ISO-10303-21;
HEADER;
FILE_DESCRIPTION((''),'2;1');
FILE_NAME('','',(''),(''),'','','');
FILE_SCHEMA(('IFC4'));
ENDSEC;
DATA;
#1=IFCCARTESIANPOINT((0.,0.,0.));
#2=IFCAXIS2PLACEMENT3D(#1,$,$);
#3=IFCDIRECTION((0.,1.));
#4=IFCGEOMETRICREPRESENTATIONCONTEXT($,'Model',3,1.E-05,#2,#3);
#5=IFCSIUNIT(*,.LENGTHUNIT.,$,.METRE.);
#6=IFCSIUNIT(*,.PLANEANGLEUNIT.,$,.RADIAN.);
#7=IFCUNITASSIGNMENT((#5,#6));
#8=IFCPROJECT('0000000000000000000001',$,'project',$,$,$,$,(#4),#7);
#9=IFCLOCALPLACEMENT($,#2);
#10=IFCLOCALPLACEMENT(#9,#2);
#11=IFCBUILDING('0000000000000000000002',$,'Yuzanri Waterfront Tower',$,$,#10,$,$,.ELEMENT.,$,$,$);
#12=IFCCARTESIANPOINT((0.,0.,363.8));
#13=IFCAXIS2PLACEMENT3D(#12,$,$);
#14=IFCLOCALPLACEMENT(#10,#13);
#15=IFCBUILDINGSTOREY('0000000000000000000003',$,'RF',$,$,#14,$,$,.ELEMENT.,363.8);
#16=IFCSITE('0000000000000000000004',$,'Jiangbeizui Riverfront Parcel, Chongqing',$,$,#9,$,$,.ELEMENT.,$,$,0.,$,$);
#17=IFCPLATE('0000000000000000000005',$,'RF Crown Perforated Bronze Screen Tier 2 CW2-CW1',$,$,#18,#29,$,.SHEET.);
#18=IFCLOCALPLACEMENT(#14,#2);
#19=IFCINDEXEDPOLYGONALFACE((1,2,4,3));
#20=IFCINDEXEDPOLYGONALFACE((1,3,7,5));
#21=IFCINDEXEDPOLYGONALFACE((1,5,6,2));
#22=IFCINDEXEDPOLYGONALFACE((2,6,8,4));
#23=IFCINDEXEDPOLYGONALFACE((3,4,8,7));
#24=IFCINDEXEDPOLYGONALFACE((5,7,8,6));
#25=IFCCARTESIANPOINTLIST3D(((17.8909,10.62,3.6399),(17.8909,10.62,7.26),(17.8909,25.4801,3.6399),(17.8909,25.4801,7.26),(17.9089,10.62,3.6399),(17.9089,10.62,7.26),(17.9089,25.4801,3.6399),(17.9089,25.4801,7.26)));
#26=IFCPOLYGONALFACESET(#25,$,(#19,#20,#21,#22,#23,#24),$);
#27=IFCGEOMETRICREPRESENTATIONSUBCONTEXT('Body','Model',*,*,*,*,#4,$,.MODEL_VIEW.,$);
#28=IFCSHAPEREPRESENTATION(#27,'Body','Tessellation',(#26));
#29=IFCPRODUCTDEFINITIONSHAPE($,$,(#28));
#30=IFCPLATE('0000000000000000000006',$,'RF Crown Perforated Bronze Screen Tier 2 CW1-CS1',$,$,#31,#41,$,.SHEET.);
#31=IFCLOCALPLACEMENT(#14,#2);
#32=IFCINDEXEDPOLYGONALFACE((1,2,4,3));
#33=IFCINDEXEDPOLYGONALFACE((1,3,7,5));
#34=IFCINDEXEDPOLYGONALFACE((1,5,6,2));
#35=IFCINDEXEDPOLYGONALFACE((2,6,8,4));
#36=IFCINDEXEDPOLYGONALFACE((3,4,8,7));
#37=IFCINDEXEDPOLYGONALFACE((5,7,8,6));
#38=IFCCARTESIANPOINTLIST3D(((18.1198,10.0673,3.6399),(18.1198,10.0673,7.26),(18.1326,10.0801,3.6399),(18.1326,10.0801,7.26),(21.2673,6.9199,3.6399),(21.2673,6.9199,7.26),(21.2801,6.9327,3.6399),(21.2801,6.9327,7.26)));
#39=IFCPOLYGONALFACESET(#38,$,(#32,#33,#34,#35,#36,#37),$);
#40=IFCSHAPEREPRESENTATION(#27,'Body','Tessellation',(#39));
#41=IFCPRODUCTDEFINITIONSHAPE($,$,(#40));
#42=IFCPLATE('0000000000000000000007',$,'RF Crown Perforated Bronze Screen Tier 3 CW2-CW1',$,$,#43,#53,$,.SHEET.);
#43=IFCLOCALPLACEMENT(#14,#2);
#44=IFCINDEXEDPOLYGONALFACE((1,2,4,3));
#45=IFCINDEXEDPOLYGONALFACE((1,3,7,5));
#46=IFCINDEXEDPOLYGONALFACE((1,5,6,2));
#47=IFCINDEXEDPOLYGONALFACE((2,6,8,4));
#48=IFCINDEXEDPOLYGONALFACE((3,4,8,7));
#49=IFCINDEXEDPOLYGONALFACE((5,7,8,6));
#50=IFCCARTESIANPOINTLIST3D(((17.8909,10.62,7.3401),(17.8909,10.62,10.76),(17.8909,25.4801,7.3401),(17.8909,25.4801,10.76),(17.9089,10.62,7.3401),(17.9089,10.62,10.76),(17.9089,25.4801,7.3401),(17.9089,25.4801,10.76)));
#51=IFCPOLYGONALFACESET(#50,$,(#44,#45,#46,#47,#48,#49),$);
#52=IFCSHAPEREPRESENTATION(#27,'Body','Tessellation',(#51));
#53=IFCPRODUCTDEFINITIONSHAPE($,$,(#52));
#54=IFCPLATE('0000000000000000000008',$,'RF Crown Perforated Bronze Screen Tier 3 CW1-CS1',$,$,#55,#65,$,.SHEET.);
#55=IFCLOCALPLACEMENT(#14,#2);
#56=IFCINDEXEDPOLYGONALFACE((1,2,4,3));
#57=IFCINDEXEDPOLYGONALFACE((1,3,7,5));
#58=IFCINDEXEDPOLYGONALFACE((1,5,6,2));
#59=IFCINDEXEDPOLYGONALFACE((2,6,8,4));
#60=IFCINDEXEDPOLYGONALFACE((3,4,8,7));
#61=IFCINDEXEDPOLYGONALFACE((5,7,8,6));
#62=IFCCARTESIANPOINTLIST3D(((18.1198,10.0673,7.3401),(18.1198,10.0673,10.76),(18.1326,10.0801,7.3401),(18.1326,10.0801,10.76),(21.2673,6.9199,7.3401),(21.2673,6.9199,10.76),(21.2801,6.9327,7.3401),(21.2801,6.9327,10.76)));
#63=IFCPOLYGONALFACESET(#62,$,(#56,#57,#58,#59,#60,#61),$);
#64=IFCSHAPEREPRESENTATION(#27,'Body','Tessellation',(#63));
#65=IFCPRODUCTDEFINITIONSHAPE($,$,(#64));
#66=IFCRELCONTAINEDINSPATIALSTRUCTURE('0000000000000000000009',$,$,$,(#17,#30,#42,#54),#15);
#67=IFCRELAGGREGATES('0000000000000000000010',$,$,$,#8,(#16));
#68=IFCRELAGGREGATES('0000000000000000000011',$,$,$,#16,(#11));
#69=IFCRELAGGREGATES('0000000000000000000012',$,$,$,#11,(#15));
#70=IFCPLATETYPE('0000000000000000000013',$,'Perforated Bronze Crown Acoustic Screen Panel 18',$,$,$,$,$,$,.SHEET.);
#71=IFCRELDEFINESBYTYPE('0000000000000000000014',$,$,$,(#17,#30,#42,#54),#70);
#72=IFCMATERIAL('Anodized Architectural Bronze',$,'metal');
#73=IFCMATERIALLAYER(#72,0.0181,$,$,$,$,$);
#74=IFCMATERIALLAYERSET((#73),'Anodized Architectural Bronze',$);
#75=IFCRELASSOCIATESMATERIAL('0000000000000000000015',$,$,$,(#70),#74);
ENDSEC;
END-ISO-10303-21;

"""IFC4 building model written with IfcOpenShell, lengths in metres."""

from ifc_helpers import new_model, si_unit, direction, frame, origin, origin_2d, place, context, subcontext, project, spatial, rectangle, extrude, source, transform, mapped, material, layer, layer_set, type_object, element, save


model = new_model("IFC4")

# Units and contexts
model_context = context("Model", 3, precision=1e-05, world=origin(), true_north=direction((0.0, 1.0)))
body_context = subcontext(model_context, "Body", "Model", "MODEL_VIEW")
ifc_project = project(units=[si_unit("LENGTHUNIT", "METRE"), si_unit("PLANEANGLEUNIT", "RADIAN")], contexts=[model_context])

# Site, building, storey
site_placement = place(None, origin())
site = spatial("IfcSite", under=ifc_project, at=site_placement, Name="Jiangbeizui Riverfront Parcel, Chongqing", CompositionType="ELEMENT", RefElevation=0.0)
building_placement = place(site_placement, origin())
building = spatial("IfcBuilding", under=site, at=building_placement, Name="Yuzanri Waterfront Tower", CompositionType="ELEMENT")
storey_placement = place(building_placement, frame((0.0, 0.0, 363.8)))
storey = spatial("IfcBuildingStorey", under=building, at=storey_placement, Name="RF", CompositionType="ELEMENT", Elevation=363.8)

# Plates
ifc_material_1 = material(Name="Anodized Architectural Bronze", Category="metal")
ifc_layer_1 = layer(ifc_material_1, 0.0181)
ifc_layer_set_1 = layer_set([ifc_layer_1], Name="Anodized Architectural Bronze")
plate_type_1 = type_object("IfcPlateType", Name="Perforated Bronze Crown Acoustic Screen Panel 18", PredefinedType="SHEET", material=ifc_layer_set_1)
shared_shape_1 = source(origin(), body_context, "Body", "SweptSolid", [
    extrude(rectangle(XDim=14.8601, YDim=0.0181, at=origin_2d()), origin(), (0.0, 0.0, 1.0), 3.6201),
])
plate_1_placement = place(storey_placement, frame((17.8999, 18.05, 3.6399), z_axis=(0.0, 0.0, 1.0), x_axis=(0.0, -1.0, 0.0)))
element("IfcPlate", 1, at=plate_1_placement, inside=storey, type_object=plate_type_1, Name="RF Crown Perforated Bronze Screen Tier 2 CW2-CW1", PredefinedType="SHEET", context=body_context, shape_type="MappedRepresentation", body=[
    mapped(shared_shape_1, transform((0.0, 0.0, 0.0), scale=1.0)),
])
shared_shape_2 = source(origin(), body_context, "Body", "SweptSolid", [
    extrude(rectangle(XDim=4.4512, YDim=0.0181, at=origin_2d()), origin(), (0.0, 0.0, 1.0), 3.6201),
])
plate_2_placement = place(storey_placement, frame((19.7, 8.5, 3.6399), z_axis=(0.0, 0.0, 1.0), x_axis=(0.707107, -0.707107, 0.0)))
element("IfcPlate", 2, at=plate_2_placement, inside=storey, type_object=plate_type_1, Name="RF Crown Perforated Bronze Screen Tier 2 CW1-CS1", PredefinedType="SHEET", context=body_context, shape_type="MappedRepresentation", body=[
    mapped(shared_shape_2, transform((0.0, 0.0, 0.0), scale=1.0)),
])
shared_shape_3 = source(origin(), body_context, "Body", "SweptSolid", [
    extrude(rectangle(XDim=14.8601, YDim=0.0181, at=origin_2d()), origin(), (0.0, 0.0, 1.0), 3.4199),
])
plate_3_placement = place(storey_placement, frame((17.8999, 18.05, 7.3401), z_axis=(0.0, 0.0, 1.0), x_axis=(0.0, -1.0, 0.0)))
element("IfcPlate", 3, at=plate_3_placement, inside=storey, type_object=plate_type_1, Name="RF Crown Perforated Bronze Screen Tier 3 CW2-CW1", PredefinedType="SHEET", context=body_context, shape_type="MappedRepresentation", body=[
    mapped(shared_shape_3, transform((0.0, 0.0, 0.0), scale=1.0)),
])
shared_shape_4 = source(origin(), body_context, "Body", "SweptSolid", [
    extrude(rectangle(XDim=4.4512, YDim=0.0181, at=origin_2d()), origin(), (0.0, 0.0, 1.0), 3.4199),
])
plate_4_placement = place(storey_placement, frame((19.7, 8.5, 7.3401), z_axis=(0.0, 0.0, 1.0), x_axis=(0.707107, -0.707107, 0.0)))
element("IfcPlate", 4, at=plate_4_placement, inside=storey, type_object=plate_type_1, Name="RF Crown Perforated Bronze Screen Tier 3 CW1-CS1", PredefinedType="SHEET", context=body_context, shape_type="MappedRepresentation", body=[
    mapped(shared_shape_4, transform((0.0, 0.0, 0.0), scale=1.0)),
])

save(model, "model.ifc")
